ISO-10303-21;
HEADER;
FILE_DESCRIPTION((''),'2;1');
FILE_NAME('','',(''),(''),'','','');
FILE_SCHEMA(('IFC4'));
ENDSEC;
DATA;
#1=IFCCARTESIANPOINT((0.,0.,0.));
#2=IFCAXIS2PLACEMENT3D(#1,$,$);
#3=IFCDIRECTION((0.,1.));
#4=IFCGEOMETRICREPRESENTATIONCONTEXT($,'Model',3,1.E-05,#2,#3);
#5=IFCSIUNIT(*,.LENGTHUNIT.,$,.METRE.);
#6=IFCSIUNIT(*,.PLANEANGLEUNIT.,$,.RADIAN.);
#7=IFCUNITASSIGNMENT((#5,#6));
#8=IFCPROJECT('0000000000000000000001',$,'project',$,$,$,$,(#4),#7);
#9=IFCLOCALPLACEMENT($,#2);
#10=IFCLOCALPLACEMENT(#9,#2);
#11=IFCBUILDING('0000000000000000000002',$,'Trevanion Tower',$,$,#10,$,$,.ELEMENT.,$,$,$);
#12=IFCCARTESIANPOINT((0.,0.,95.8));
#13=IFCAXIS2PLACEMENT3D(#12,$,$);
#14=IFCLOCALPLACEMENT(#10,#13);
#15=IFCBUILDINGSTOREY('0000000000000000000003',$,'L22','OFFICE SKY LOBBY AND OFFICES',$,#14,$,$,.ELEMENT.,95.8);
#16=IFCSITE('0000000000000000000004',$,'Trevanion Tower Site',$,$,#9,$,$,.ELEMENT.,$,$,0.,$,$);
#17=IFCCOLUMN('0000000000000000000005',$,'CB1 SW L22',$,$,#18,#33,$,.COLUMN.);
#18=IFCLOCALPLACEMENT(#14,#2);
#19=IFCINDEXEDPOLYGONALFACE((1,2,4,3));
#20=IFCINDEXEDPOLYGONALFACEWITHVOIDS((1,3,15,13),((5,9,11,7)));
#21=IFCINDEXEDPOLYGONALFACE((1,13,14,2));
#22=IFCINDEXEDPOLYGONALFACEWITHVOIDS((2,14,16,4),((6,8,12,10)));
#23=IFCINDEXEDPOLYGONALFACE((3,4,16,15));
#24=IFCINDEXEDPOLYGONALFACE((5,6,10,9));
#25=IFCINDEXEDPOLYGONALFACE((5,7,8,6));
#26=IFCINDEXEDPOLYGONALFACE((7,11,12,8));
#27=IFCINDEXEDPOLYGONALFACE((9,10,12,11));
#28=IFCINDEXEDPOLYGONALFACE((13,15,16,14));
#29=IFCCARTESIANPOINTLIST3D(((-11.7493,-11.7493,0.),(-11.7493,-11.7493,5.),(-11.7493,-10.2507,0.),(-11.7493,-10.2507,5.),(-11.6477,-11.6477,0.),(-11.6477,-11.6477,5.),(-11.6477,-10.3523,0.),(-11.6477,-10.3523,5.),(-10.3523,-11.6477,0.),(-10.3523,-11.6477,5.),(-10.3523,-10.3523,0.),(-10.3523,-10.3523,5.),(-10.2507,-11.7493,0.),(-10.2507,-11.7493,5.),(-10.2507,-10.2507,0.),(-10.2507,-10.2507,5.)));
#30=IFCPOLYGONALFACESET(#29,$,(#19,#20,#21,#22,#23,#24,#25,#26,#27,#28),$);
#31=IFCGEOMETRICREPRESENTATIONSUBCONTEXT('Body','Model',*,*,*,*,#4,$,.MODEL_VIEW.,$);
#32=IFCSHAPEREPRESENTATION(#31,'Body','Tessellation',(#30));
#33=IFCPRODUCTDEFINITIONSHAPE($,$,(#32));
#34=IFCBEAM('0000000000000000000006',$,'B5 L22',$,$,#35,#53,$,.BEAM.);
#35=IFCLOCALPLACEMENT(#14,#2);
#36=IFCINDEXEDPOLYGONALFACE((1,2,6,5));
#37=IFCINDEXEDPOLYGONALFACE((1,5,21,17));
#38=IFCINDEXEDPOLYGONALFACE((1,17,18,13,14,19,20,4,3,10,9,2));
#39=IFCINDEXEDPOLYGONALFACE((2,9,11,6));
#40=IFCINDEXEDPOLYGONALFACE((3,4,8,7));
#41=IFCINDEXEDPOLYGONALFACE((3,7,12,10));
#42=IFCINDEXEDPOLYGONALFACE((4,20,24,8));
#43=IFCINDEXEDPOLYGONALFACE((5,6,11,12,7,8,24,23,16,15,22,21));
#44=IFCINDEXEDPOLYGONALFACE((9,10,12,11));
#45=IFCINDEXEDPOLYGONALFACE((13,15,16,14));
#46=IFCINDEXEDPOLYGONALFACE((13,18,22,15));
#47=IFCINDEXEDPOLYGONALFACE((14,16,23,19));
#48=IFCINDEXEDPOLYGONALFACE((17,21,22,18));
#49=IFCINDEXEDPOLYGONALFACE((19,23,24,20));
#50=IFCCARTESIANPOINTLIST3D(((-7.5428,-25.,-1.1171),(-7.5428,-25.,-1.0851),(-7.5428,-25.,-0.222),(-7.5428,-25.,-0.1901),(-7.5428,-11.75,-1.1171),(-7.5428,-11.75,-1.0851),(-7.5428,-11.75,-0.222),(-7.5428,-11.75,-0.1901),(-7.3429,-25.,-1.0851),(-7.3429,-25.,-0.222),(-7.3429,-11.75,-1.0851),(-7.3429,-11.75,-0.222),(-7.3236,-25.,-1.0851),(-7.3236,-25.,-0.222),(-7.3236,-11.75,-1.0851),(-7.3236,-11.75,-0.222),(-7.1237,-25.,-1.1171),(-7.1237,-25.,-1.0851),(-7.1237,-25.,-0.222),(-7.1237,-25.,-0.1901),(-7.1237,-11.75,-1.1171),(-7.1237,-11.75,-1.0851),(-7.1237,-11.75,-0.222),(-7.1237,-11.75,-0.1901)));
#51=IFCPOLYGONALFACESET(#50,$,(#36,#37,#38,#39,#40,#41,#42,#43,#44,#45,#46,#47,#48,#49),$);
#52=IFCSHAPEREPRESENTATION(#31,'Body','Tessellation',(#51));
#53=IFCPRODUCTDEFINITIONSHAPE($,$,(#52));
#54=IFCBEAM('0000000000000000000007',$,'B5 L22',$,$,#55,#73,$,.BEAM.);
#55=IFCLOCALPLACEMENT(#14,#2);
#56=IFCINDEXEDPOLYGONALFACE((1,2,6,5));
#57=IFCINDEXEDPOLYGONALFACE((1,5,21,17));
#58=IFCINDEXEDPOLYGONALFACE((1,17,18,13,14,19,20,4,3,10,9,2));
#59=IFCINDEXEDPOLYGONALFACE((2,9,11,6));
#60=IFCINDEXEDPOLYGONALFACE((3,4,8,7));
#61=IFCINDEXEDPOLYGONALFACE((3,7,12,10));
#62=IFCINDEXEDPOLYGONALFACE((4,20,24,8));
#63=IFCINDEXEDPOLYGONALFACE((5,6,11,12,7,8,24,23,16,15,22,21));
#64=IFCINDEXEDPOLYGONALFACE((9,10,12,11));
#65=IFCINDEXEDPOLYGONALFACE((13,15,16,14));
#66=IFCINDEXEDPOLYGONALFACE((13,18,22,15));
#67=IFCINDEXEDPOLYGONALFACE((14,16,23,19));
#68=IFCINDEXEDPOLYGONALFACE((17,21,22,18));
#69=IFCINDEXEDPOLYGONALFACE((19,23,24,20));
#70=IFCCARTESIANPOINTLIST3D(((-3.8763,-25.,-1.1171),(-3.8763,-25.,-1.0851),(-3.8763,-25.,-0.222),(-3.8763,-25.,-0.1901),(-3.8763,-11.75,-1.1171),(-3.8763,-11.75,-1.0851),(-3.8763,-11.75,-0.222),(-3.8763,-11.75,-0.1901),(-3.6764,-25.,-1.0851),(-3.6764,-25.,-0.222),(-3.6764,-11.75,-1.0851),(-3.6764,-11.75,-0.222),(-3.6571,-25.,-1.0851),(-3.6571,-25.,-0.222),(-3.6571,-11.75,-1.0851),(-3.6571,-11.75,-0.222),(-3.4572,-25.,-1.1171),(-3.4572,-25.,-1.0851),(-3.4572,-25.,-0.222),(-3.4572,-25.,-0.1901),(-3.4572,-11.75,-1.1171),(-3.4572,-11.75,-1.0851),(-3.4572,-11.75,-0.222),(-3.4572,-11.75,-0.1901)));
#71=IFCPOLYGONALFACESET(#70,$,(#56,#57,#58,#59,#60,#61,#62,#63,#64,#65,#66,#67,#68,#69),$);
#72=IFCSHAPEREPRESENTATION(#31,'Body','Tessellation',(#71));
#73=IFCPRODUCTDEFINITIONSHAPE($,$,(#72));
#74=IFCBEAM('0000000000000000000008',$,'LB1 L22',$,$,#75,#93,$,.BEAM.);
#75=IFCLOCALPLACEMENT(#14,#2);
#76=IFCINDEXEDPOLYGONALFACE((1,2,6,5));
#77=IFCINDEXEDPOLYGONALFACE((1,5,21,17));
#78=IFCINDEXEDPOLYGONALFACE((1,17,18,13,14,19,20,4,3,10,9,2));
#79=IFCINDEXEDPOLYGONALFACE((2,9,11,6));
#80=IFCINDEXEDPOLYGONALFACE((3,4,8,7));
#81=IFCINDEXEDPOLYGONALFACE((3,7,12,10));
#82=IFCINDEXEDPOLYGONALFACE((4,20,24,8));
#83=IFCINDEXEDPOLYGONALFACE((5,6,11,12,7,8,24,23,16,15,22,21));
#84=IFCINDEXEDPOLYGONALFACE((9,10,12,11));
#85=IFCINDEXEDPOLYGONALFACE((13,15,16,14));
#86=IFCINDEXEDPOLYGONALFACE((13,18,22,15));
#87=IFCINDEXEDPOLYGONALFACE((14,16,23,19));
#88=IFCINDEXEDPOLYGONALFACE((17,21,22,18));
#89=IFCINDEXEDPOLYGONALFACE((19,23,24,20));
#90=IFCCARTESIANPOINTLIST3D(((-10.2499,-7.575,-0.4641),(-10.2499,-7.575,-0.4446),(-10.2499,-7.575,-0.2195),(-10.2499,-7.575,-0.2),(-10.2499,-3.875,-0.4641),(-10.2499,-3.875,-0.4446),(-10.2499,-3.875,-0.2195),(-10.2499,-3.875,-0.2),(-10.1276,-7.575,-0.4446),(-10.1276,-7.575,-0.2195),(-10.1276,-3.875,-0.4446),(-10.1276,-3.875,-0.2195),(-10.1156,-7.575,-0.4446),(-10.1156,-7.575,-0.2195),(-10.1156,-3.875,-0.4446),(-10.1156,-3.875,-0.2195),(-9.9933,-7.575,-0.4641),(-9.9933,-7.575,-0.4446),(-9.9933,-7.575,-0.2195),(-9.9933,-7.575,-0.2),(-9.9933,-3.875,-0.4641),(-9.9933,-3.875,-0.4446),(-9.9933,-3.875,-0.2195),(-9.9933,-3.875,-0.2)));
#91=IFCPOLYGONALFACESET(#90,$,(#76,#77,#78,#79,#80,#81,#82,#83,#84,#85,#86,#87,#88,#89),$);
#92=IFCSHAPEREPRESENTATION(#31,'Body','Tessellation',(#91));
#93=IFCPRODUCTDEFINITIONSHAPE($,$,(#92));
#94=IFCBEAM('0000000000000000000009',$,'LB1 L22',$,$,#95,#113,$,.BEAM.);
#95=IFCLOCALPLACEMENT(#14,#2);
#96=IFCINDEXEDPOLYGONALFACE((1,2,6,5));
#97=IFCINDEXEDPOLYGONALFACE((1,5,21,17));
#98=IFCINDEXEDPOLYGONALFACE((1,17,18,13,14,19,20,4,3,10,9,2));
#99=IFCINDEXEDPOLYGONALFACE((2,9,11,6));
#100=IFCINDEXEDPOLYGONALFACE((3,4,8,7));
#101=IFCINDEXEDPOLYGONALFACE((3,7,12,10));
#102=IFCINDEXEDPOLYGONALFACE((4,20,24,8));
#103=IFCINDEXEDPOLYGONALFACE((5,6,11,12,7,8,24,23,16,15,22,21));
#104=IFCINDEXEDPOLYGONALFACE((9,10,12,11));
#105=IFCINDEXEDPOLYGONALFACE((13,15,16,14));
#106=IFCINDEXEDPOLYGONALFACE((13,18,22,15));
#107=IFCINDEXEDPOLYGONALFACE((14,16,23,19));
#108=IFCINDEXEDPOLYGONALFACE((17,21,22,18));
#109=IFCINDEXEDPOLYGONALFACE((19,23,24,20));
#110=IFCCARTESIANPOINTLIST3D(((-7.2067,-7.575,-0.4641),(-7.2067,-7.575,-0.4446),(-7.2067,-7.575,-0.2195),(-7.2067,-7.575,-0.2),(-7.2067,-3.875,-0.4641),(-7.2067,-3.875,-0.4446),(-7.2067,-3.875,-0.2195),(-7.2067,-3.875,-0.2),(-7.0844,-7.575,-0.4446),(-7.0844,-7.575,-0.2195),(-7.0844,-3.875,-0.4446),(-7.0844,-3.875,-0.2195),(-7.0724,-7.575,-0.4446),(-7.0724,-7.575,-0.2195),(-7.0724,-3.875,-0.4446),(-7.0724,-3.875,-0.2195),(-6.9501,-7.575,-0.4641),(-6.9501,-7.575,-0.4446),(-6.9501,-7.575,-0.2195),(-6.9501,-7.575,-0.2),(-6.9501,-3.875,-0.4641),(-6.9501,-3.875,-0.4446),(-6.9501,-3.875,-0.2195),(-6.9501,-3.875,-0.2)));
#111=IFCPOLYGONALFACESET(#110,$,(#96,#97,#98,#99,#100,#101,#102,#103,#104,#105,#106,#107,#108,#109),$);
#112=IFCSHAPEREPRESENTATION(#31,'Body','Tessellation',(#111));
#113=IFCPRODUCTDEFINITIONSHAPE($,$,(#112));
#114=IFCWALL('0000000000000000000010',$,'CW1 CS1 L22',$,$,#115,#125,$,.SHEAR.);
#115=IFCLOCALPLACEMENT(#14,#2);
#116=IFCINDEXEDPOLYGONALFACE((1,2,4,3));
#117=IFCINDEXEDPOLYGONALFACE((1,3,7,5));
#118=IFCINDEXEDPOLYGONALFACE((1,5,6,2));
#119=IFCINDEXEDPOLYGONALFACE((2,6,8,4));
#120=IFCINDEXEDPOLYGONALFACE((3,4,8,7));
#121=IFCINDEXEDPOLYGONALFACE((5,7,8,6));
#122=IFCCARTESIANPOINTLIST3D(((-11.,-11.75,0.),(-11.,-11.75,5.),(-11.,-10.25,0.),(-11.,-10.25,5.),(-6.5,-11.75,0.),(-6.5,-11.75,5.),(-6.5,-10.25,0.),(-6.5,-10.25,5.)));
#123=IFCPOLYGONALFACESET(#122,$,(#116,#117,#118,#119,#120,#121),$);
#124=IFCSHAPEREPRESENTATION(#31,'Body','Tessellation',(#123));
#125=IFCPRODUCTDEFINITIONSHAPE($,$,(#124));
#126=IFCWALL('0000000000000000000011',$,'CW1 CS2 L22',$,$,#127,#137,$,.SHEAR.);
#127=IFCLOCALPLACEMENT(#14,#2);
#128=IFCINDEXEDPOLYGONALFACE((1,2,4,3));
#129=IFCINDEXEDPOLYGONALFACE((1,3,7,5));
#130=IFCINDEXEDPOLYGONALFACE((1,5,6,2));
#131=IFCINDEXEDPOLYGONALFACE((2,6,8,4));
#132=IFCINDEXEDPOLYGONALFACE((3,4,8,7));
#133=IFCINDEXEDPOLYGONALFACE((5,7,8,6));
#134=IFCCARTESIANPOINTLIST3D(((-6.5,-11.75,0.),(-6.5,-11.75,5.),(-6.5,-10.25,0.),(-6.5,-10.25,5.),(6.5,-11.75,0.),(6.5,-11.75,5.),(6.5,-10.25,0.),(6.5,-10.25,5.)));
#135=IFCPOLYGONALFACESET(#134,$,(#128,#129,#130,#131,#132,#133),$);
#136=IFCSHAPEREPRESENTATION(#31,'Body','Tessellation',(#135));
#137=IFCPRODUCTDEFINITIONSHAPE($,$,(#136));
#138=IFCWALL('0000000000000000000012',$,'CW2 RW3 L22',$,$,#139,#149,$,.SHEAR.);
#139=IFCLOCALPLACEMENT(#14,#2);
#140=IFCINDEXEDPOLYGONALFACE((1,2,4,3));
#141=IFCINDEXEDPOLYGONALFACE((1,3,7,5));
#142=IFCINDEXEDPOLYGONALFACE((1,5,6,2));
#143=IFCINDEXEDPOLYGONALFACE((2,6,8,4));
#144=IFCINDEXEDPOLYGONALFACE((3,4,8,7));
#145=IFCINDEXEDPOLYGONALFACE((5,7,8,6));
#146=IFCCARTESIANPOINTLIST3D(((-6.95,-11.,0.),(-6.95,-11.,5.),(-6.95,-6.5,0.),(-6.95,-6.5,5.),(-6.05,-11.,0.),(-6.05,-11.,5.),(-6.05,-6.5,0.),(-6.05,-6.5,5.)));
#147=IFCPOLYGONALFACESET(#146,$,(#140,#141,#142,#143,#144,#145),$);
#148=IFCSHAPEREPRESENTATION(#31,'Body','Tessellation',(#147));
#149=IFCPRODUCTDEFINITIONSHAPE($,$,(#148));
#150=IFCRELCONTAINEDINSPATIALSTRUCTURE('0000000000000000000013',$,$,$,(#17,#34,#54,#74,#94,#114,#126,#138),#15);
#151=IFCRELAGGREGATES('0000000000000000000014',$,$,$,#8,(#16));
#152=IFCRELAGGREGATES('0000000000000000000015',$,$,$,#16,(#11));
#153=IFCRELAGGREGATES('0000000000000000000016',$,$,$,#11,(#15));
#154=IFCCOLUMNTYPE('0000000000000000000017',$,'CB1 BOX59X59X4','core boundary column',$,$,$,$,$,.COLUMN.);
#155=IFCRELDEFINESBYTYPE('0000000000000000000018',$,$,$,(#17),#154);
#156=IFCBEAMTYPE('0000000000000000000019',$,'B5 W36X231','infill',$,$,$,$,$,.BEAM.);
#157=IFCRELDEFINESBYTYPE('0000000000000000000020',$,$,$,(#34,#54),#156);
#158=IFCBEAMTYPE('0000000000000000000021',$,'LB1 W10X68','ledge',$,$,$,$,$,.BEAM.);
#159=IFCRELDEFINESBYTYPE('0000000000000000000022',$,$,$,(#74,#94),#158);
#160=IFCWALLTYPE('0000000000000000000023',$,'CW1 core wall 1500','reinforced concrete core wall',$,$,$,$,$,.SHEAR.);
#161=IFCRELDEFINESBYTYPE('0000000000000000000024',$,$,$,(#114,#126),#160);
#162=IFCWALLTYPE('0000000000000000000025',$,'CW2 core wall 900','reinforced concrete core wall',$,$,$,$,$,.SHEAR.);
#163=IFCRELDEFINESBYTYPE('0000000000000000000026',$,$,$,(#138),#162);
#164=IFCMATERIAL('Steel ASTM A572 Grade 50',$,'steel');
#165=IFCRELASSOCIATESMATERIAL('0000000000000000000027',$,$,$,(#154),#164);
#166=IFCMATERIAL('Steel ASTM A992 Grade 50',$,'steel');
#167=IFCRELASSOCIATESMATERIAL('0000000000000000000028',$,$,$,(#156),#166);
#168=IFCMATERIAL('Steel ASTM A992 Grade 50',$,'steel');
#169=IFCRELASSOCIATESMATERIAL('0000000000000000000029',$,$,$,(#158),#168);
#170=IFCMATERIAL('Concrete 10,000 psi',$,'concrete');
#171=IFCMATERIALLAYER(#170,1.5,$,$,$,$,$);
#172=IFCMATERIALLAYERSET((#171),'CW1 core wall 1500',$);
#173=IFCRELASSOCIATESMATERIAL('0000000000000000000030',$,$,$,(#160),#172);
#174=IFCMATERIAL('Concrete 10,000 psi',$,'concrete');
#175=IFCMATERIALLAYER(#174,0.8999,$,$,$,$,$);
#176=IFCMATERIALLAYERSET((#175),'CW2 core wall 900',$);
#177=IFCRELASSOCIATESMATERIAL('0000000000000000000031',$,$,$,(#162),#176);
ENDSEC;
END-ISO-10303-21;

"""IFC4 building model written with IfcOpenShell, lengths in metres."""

from ifc_helpers import new_model, si_unit, direction, frame, frame_2d, origin, origin_2d, place, context, subcontext, project, spatial, rectangle, hollow_rectangle, i_section, extrude, material, layer, layer_set, material_profile, profile_set, type_object, element, save


model = new_model("IFC4")

# Units and contexts
model_context = context("Model", 3, precision=1e-05, world=origin(), true_north=direction((0.0, 1.0)))
body_context = subcontext(model_context, "Body", "Model", "MODEL_VIEW")
ifc_project = project(units=[si_unit("LENGTHUNIT", "METRE"), si_unit("PLANEANGLEUNIT", "RADIAN")], contexts=[model_context])

# Site, building, storey
site_placement = place(None, origin())
site = spatial("IfcSite", under=ifc_project, at=site_placement, Name="Trevanion Tower Site", CompositionType="ELEMENT", RefElevation=0.0)
building_placement = place(site_placement, origin())
building = spatial("IfcBuilding", under=site, at=building_placement, Name="Trevanion Tower", CompositionType="ELEMENT")
storey_placement = place(building_placement, frame((0.0, 0.0, 95.8)))
storey = spatial("IfcBuildingStorey", under=building, at=storey_placement, Name="L22", Description="OFFICE SKY LOBBY AND OFFICES", CompositionType="ELEMENT", Elevation=95.8)

# Column
ifc_material_1 = material(Name="Steel ASTM A572 Grade 50", Category="steel")
ifc_material_profile_1 = material_profile(ifc_material_1, hollow_rectangle(XDim=1.4985, YDim=1.4985, WallThickness=0.1016, at=origin_2d()), Name="BOX59X59X4")
ifc_profile_set_1 = profile_set([ifc_material_profile_1], Name="Steel ASTM A572 Grade 50")
column_type = type_object("IfcColumnType", Name="CB1 BOX59X59X4", Description="core boundary column", PredefinedType="COLUMN", material=ifc_profile_set_1)
column_placement = place(storey_placement, frame((-11.0, -11.0, 0.0), z_axis=(0.0, 0.0, 1.0), x_axis=(1.0, 0.0, 0.0)))
element("IfcColumn", 1, at=column_placement, inside=storey, type_object=column_type, Name="CB1 SW L22", PredefinedType="COLUMN", context=body_context, shape_type="SweptSolid", body=[
    extrude(hollow_rectangle(XDim=1.4985, YDim=1.4985, WallThickness=0.1016, at=origin_2d()), origin(), (0.0, 0.0, 1.0), 5.0),
])

# Beams
ifc_material_2 = material(Name="Steel ASTM A992 Grade 50", Category="steel")
ifc_material_profile_2 = material_profile(ifc_material_2, i_section(OverallWidth=0.4192, OverallDepth=0.927, WebThickness=0.0193, FlangeThickness=0.032, at=origin_2d()), Name="W36X231")
ifc_profile_set_2 = profile_set([ifc_material_profile_2], Name="Steel ASTM A992 Grade 50")
beam_type_1 = type_object("IfcBeamType", Name="B5 W36X231", Description="infill", PredefinedType="BEAM", material=ifc_profile_set_2)
for number, where, z_axis, x_axis, name in (
    (2, (-7.3333, -11.75, -0.6536), (0.0, -1.0, 0.0), (1.0, 0.0, 0.0), "B5 L22"),
    (3, (-3.6667, -11.75, -0.6536), (0.0, -1.0, 0.0), (1.0, 0.0, 0.0), "B5 L22"),
):
    element("IfcBeam", number, at=place(storey_placement, frame(where, z_axis=z_axis, x_axis=x_axis)), inside=storey, type_object=beam_type_1, Name=name, PredefinedType="BEAM", context=body_context, shape_type="SweptSolid", body=[
        extrude(i_section(OverallWidth=0.4192, OverallDepth=0.927, WebThickness=0.0193, FlangeThickness=0.032, at=origin_2d()), origin(), (0.0, 0.0, 1.0), 13.25),
    ])
ifc_material_3 = material(Name="Steel ASTM A992 Grade 50", Category="steel")
ifc_material_profile_3 = material_profile(ifc_material_3, i_section(OverallWidth=0.2566, OverallDepth=0.2642, WebThickness=0.012, FlangeThickness=0.0195, at=origin_2d()), Name="W10X68")
ifc_profile_set_3 = profile_set([ifc_material_profile_3], Name="Steel ASTM A992 Grade 50")
beam_type_2 = type_object("IfcBeamType", Name="LB1 W10X68", Description="ledge", PredefinedType="BEAM", material=ifc_profile_set_3)
for number, where, z_axis, x_axis, name in (
    (4, (-10.1216, -7.575, -0.332), (0.0, 1.0, 0.0), (-1.0, 0.0, 0.0), "LB1 L22"),
    (5, (-7.0784, -7.575, -0.332), (0.0, 1.0, 0.0), (-1.0, 0.0, 0.0), "LB1 L22"),
):
    element("IfcBeam", number, at=place(storey_placement, frame(where, z_axis=z_axis, x_axis=x_axis)), inside=storey, type_object=beam_type_2, Name=name, PredefinedType="BEAM", context=body_context, shape_type="SweptSolid", body=[
        extrude(i_section(OverallWidth=0.2566, OverallDepth=0.2642, WebThickness=0.012, FlangeThickness=0.0195, at=origin_2d()), origin(), (0.0, 0.0, 1.0), 3.7),
    ])

# Walls
ifc_material_4 = material(Name="Concrete 10,000 psi", Category="concrete")
ifc_layer_1 = layer(ifc_material_4, 1.5)
ifc_layer_set_1 = layer_set([ifc_layer_1], Name="CW1 core wall 1500")
wall_type_1 = type_object("IfcWallType", Name="CW1 core wall 1500", Description="reinforced concrete core wall", PredefinedType="SHEAR", material=ifc_layer_set_1)
wall_1_placement = place(storey_placement, frame((-11.0, -11.0, 0.0), z_axis=(0.0, 0.0, 1.0), x_axis=(1.0, 0.0, 0.0)))
element("IfcWall", 6, at=wall_1_placement, inside=storey, type_object=wall_type_1, Name="CW1 CS1 L22", PredefinedType="SHEAR", context=body_context, shape_type="SweptSolid", body=[
    extrude(rectangle(XDim=4.5, YDim=1.5, at=frame_2d((2.25, 0.0))), origin(), (0.0, 0.0, 1.0), 5.0),
])
wall_2_placement = place(storey_placement, frame((-6.5, -11.0, 0.0), z_axis=(0.0, 0.0, 1.0), x_axis=(1.0, 0.0, 0.0)))
element("IfcWall", 7, at=wall_2_placement, inside=storey, type_object=wall_type_1, Name="CW1 CS2 L22", PredefinedType="SHEAR", context=body_context, shape_type="SweptSolid", body=[
    extrude(rectangle(XDim=13.0, YDim=1.5, at=frame_2d((6.5, 0.0))), origin(), (0.0, 0.0, 1.0), 5.0),
])
ifc_material_5 = material(Name="Concrete 10,000 psi", Category="concrete")
ifc_layer_2 = layer(ifc_material_5, 0.8999)
ifc_layer_set_2 = layer_set([ifc_layer_2], Name="CW2 core wall 900")
wall_type_2 = type_object("IfcWallType", Name="CW2 core wall 900", Description="reinforced concrete core wall", PredefinedType="SHEAR", material=ifc_layer_set_2)
wall_3_placement = place(storey_placement, frame((-6.5, -6.5, 0.0), z_axis=(0.0, 0.0, 1.0), x_axis=(0.0, -1.0, 0.0)))
element("IfcWall", 8, at=wall_3_placement, inside=storey, type_object=wall_type_2, Name="CW2 RW3 L22", PredefinedType="SHEAR", context=body_context, shape_type="SweptSolid", body=[
    extrude(rectangle(XDim=4.5, YDim=0.8999, at=frame_2d((2.25, 0.0))), origin(), (0.0, 0.0, 1.0), 5.0),
])

save(model, "model.ifc")
